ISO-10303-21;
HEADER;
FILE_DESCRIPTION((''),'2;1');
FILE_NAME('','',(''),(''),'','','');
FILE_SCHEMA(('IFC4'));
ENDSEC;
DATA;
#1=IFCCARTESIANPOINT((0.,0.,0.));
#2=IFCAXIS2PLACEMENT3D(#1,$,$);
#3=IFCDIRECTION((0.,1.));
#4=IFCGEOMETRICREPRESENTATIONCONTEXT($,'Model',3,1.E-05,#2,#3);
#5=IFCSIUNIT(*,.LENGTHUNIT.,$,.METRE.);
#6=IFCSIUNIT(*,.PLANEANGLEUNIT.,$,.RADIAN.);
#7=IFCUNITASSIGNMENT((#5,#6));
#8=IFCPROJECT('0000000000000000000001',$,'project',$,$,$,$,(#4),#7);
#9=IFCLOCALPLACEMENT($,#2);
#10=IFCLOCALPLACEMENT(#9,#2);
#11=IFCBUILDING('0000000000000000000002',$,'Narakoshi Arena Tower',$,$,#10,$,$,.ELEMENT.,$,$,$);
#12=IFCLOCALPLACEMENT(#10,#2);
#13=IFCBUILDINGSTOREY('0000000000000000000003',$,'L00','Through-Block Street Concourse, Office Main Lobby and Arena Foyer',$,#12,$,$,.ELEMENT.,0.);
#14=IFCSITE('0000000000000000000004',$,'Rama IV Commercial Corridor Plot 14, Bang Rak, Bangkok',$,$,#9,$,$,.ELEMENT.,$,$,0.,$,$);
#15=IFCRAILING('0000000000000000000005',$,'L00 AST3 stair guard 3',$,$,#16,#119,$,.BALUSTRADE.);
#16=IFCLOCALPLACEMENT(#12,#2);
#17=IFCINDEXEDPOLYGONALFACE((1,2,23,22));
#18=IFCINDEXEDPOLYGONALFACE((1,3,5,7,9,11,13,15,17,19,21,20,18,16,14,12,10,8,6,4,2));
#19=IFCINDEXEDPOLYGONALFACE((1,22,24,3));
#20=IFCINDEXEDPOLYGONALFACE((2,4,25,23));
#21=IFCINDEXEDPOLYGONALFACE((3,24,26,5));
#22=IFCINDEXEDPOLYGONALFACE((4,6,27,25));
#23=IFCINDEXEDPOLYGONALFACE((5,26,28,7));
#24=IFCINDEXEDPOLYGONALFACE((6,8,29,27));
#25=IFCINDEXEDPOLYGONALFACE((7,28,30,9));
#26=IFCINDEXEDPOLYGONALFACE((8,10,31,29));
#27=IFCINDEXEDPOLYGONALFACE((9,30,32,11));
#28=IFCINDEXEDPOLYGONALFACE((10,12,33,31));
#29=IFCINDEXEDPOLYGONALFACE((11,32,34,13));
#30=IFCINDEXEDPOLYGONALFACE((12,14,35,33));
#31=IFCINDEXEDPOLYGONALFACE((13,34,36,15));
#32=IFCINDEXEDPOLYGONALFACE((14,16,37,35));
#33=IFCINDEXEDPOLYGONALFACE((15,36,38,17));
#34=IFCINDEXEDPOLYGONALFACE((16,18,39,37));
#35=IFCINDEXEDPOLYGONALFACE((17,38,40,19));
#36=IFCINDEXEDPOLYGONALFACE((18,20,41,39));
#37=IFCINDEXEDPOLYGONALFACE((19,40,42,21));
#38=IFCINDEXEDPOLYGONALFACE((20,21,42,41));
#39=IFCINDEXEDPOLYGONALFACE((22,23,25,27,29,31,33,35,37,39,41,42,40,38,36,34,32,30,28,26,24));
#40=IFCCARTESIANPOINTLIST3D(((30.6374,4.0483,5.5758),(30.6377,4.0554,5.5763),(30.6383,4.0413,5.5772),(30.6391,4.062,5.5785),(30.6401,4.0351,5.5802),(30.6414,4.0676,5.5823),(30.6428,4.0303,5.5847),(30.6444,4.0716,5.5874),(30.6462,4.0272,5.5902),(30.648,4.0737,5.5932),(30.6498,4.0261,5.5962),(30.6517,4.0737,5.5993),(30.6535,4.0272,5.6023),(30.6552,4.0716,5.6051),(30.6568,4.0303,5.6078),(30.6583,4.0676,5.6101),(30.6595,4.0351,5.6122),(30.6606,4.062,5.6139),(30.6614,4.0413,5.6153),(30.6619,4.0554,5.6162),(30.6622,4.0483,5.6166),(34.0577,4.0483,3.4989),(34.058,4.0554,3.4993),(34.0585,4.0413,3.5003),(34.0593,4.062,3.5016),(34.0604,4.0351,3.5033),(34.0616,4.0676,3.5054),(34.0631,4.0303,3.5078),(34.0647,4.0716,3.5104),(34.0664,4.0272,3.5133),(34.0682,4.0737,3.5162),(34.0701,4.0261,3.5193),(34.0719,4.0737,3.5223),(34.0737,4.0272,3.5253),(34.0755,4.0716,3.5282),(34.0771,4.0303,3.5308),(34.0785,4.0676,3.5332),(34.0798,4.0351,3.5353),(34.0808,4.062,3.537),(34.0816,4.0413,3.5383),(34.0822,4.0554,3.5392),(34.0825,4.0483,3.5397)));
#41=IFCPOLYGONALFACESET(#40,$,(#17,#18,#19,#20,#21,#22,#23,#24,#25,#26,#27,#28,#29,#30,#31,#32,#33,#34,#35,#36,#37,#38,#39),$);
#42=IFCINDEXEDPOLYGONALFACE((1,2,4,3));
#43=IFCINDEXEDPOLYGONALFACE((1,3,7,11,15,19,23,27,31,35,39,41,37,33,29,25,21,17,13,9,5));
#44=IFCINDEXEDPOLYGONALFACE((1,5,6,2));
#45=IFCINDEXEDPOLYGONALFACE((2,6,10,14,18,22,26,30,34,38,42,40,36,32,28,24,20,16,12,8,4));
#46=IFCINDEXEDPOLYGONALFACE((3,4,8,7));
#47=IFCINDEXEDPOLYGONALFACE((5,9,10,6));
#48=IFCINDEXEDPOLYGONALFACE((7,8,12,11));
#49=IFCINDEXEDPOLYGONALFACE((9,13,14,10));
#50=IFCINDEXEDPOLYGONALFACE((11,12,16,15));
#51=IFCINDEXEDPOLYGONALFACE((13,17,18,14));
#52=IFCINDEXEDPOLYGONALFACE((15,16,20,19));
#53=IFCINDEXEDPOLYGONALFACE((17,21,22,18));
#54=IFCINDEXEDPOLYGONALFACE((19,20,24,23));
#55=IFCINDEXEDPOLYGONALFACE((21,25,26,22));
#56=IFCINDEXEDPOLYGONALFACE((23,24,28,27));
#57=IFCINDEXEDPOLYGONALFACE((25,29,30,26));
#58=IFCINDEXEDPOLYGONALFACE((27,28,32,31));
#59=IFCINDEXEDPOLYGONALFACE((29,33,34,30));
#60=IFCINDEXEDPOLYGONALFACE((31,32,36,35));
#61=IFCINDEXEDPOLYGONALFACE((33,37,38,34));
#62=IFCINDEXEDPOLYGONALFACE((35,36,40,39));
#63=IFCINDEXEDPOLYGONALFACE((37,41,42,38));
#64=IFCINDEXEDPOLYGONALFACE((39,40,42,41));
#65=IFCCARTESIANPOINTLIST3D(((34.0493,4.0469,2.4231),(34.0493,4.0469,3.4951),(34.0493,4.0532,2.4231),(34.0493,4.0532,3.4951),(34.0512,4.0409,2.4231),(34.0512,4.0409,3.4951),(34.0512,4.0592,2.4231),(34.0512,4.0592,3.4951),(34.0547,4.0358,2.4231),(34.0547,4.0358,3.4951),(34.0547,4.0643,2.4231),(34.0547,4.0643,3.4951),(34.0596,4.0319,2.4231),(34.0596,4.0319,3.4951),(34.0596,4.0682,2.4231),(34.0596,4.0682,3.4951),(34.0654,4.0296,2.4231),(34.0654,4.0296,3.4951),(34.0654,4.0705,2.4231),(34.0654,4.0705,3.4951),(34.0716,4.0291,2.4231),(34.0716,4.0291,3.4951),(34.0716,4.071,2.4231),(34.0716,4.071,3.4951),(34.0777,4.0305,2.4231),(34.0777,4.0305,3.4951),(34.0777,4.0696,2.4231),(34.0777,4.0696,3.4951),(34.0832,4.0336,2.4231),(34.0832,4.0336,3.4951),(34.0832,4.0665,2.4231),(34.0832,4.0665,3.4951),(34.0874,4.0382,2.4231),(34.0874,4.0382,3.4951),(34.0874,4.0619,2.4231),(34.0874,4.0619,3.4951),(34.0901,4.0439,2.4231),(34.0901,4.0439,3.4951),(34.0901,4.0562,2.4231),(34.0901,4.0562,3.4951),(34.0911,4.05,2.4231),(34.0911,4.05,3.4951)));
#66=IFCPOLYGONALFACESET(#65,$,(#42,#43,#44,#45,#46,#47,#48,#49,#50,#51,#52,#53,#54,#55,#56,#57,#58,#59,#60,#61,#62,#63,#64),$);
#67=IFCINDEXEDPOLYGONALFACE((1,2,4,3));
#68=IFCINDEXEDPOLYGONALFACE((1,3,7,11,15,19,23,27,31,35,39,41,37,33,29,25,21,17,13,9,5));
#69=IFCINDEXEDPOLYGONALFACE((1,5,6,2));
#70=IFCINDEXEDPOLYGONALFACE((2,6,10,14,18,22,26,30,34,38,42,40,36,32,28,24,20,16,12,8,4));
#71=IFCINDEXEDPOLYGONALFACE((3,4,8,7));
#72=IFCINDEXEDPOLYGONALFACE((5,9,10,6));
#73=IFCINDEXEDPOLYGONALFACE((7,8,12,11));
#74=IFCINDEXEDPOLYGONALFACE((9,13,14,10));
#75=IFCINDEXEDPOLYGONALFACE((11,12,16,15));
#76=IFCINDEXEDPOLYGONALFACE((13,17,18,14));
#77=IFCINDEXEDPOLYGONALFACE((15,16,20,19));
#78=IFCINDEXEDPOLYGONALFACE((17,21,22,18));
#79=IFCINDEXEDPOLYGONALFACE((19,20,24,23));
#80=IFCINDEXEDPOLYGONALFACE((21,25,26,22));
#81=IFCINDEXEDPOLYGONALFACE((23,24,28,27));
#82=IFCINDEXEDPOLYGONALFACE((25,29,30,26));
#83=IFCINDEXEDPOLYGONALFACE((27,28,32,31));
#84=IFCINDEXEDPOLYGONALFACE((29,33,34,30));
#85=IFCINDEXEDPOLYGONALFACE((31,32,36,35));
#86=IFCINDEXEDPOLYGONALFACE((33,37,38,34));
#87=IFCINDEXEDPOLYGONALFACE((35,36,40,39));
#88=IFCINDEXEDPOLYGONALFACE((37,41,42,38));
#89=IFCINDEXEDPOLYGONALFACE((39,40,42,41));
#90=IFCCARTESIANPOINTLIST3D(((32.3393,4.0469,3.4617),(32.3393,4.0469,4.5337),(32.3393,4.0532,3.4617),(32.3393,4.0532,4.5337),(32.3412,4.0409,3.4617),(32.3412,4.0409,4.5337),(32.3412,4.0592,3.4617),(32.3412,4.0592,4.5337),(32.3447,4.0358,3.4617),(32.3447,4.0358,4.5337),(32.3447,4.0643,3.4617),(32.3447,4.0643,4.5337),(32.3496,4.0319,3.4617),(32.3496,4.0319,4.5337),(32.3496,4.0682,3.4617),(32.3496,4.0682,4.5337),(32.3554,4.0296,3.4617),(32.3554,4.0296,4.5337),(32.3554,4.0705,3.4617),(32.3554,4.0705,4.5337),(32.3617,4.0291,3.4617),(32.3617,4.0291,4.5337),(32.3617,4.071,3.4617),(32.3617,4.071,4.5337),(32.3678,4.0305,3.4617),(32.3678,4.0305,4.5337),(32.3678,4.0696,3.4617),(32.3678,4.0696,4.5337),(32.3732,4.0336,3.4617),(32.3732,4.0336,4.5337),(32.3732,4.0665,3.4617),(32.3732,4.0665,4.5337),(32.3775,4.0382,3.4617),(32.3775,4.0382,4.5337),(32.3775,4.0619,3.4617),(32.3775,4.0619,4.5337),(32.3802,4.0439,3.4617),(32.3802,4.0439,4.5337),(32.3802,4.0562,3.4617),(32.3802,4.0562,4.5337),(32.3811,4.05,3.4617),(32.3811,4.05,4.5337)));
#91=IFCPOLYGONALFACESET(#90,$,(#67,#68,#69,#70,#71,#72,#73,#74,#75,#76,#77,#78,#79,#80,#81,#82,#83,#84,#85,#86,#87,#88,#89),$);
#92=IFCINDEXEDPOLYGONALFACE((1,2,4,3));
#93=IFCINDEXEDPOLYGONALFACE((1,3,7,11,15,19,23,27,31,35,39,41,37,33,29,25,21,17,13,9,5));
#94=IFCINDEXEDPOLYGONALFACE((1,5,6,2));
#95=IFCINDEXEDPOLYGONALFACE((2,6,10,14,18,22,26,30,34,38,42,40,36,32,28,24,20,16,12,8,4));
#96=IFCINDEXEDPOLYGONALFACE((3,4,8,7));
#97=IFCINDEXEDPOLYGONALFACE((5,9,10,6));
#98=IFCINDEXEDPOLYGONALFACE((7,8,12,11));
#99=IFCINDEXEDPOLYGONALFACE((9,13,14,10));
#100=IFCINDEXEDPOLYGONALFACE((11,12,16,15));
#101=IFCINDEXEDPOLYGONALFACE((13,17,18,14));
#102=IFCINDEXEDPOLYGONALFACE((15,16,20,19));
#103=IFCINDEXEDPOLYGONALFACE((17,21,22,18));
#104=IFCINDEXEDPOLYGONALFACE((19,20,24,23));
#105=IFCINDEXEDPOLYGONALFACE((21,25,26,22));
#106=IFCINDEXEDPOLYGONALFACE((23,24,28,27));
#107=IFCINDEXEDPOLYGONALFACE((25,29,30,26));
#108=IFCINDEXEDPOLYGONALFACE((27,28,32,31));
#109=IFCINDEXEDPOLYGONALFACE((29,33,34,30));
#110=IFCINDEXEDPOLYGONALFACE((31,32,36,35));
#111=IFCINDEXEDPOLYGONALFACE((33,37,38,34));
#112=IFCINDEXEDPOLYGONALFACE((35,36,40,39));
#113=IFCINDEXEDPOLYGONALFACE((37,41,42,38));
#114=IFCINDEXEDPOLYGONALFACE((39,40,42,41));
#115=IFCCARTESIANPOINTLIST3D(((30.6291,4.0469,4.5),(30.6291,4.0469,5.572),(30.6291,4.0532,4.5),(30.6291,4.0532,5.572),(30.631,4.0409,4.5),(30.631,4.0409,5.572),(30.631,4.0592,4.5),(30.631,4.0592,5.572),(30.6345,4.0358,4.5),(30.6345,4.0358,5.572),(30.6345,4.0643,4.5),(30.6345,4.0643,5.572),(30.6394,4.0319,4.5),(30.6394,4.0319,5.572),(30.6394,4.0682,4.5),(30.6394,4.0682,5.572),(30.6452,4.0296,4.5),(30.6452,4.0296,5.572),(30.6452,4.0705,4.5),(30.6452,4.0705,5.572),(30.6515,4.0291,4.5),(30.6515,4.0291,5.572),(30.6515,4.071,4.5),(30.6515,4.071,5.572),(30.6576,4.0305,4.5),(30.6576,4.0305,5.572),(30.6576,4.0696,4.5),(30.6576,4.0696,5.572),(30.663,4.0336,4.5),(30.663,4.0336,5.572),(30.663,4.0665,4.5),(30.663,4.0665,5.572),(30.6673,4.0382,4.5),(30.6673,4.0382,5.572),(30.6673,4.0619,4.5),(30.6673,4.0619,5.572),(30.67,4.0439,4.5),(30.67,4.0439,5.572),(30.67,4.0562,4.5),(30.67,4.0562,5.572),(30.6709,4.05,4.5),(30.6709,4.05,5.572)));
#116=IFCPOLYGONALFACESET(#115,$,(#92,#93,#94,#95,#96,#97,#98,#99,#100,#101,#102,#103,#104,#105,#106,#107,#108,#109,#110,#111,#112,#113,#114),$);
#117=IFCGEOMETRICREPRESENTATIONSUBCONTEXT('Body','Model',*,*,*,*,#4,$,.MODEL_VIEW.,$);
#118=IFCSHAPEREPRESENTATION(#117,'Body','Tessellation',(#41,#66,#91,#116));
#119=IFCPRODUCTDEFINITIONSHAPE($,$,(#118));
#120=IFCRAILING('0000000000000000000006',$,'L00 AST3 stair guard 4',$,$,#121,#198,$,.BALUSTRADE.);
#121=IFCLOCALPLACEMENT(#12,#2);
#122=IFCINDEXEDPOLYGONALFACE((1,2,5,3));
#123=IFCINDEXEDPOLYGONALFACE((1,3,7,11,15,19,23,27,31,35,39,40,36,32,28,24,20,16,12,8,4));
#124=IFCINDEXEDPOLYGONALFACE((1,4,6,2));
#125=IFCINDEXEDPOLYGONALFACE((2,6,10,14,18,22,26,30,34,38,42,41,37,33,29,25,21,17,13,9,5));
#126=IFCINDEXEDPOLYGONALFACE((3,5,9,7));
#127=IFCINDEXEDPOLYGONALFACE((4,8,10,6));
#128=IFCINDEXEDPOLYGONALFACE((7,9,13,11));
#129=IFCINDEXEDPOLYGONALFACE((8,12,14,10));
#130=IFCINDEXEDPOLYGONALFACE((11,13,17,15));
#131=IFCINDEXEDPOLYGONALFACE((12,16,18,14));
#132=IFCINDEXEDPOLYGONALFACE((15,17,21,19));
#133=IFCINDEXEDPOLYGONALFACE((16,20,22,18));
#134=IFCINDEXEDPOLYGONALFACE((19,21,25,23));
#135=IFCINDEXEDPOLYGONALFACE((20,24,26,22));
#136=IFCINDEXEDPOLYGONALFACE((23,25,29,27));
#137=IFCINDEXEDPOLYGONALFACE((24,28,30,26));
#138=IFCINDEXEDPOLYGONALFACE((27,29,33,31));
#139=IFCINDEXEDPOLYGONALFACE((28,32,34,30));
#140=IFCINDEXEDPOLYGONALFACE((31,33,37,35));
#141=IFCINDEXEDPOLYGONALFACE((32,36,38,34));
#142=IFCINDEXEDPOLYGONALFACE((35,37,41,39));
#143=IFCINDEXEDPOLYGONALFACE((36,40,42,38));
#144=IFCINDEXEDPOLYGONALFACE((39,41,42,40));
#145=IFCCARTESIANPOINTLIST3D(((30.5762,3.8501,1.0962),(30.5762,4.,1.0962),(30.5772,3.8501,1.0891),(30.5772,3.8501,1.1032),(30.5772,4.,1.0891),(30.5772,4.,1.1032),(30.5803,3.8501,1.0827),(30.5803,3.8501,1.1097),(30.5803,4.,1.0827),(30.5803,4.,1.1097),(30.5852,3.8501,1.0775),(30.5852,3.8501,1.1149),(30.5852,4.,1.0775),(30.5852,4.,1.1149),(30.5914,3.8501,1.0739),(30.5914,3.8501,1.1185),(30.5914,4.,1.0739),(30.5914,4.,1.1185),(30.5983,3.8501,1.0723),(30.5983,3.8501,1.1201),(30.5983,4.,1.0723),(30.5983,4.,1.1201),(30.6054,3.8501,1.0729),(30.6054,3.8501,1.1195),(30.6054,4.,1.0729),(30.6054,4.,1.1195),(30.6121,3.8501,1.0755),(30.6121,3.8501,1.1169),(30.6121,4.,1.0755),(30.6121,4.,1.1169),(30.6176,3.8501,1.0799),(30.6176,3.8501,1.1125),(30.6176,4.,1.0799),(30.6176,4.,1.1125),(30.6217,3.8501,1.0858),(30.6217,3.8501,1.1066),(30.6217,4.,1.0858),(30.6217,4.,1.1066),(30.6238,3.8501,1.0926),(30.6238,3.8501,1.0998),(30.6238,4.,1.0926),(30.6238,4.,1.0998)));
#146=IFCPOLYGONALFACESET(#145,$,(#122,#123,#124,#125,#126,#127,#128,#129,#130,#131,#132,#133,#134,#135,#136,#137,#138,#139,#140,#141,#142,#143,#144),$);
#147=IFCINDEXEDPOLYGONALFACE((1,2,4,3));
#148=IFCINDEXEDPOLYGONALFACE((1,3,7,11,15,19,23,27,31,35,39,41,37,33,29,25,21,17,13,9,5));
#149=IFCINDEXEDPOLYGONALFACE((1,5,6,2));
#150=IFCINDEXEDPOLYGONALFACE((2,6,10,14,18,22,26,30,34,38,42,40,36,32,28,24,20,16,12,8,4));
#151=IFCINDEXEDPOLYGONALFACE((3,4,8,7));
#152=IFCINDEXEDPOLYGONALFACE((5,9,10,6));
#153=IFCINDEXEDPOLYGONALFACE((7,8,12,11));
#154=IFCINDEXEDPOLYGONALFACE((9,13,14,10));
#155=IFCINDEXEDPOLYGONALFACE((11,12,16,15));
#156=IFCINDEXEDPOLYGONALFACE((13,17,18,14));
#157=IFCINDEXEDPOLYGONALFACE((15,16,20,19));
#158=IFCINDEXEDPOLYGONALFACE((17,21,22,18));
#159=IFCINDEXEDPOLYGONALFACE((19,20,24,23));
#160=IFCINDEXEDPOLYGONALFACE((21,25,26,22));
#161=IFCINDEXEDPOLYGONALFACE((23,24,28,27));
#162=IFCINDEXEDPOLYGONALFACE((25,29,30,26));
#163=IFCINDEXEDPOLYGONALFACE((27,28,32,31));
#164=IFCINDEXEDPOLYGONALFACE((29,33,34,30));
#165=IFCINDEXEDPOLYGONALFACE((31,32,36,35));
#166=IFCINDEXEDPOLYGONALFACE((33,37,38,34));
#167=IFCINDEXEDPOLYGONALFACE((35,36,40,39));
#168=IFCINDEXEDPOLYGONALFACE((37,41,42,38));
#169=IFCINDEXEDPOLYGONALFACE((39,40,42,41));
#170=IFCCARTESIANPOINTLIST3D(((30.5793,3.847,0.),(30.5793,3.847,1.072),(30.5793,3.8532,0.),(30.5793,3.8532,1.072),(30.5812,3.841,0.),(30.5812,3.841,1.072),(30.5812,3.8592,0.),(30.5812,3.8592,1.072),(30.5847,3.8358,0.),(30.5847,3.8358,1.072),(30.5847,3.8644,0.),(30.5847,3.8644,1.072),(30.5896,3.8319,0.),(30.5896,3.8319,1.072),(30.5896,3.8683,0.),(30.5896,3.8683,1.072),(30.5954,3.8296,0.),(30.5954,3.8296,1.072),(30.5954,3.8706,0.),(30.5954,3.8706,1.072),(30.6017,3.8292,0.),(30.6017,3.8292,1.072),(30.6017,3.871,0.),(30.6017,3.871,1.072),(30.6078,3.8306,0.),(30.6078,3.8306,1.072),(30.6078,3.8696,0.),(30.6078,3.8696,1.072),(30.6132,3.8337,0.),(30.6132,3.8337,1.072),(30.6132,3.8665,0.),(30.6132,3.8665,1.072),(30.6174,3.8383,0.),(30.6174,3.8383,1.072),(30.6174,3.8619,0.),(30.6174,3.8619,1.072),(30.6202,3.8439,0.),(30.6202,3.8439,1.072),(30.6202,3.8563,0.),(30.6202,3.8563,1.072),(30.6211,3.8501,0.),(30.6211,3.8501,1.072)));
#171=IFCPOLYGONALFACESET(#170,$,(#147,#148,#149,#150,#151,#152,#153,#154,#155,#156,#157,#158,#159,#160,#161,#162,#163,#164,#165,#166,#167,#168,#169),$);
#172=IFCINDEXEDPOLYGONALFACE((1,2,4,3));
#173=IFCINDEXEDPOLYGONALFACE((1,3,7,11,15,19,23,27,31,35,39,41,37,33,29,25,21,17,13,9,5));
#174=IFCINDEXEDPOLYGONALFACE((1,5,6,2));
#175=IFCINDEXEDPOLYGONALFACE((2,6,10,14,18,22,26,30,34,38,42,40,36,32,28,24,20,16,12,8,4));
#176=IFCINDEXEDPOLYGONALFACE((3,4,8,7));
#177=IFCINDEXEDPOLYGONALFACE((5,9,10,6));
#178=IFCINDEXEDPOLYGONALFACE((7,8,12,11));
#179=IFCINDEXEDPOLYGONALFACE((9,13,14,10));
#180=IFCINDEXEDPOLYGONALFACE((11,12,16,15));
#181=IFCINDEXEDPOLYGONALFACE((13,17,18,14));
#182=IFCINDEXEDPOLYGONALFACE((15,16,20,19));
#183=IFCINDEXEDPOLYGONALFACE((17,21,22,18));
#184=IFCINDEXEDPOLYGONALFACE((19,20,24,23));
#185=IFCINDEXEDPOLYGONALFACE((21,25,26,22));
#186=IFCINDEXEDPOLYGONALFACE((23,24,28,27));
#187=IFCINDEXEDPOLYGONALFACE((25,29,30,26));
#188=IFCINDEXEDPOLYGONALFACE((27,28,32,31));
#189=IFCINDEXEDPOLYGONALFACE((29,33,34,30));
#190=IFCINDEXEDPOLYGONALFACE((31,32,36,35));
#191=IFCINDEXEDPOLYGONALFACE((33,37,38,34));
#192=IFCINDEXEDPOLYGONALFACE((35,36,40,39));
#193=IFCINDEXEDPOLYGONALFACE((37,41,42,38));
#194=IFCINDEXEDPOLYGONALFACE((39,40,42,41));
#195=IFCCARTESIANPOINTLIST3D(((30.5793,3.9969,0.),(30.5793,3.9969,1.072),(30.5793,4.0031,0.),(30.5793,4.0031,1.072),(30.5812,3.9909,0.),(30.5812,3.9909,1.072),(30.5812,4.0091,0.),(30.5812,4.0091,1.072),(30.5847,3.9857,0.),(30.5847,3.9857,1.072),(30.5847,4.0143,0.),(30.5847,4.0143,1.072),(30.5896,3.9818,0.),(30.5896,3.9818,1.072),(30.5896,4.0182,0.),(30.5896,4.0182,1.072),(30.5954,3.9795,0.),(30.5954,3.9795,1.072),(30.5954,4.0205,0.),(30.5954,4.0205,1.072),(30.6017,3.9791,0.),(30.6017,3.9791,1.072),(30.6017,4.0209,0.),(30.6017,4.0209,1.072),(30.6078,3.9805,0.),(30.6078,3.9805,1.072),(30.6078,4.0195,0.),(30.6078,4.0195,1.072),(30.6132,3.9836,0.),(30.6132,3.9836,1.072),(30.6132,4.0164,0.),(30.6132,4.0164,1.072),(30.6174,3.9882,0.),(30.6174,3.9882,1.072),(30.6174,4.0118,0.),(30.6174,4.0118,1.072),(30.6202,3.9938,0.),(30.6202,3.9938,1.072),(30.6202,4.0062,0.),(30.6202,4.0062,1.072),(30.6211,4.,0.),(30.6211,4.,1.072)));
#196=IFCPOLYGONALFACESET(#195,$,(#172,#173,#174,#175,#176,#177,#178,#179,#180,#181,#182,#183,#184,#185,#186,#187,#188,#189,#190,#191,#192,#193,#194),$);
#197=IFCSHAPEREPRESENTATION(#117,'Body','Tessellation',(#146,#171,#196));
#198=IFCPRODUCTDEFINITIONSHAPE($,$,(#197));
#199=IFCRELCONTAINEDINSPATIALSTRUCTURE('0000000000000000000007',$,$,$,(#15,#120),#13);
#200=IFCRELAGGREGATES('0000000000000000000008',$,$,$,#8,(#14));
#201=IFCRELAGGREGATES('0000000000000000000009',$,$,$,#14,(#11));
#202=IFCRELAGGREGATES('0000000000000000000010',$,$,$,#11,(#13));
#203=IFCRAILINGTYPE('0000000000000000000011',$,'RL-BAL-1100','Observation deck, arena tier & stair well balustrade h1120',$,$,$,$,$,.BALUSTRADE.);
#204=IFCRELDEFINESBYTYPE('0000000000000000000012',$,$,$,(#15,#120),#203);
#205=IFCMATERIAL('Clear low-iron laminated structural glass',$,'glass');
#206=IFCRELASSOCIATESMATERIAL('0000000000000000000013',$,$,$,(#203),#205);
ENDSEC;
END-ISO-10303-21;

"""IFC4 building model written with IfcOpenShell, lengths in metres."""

from ifc_helpers import new_model, si_unit, direction, frame, origin, origin_2d, place, context, subcontext, project, spatial, circle, extrude, material, type_object, element, save


model = new_model("IFC4")

# Units and contexts
model_context = context("Model", 3, precision=1e-05, world=origin(), true_north=direction((0.0, 1.0)))
body_context = subcontext(model_context, "Body", "Model", "MODEL_VIEW")
ifc_project = project(units=[si_unit("LENGTHUNIT", "METRE"), si_unit("PLANEANGLEUNIT", "RADIAN")], contexts=[model_context])

# Site, building, storey
site_placement = place(None, origin())
site = spatial("IfcSite", under=ifc_project, at=site_placement, Name="Rama IV Commercial Corridor Plot 14, Bang Rak, Bangkok", CompositionType="ELEMENT", RefElevation=0.0)
building_placement = place(site_placement, origin())
building = spatial("IfcBuilding", under=site, at=building_placement, Name="Narakoshi Arena Tower", CompositionType="ELEMENT")
storey_placement = place(building_placement, origin())
storey = spatial("IfcBuildingStorey", under=building, at=storey_placement, Name="L00", Description="Through-Block Street Concourse, Office Main Lobby and Arena Foyer", CompositionType="ELEMENT", Elevation=0.0)

# Railings
ifc_material_1 = material(Name="Clear low-iron laminated structural glass", Category="glass")
railing_type_1 = type_object("IfcRailingType", Name="RL-BAL-1100", Description="Observation deck, arena tier & stair well balustrade h1120", PredefinedType="BALUSTRADE", material=ifc_material_1)
railing_1_placement = place(storey_placement, frame((34.0701, 4.05, 2.4231)))
element("IfcRailing", 1, at=railing_1_placement, inside=storey, type_object=railing_type_1, Name="L00 AST3 stair guard 3", PredefinedType="BALUSTRADE", context=body_context, shape_type="SweptSolid", body=[
    extrude(circle(Radius=0.0239, at=origin_2d()), frame((0.0, 0.0, 1.0962), z_axis=(-0.854746, 0.0, 0.519047), x_axis=(0.0, -1.0, 0.0)), (0.0, 0.0, 1.0), 4.0015),
    extrude(circle(Radius=0.021, at=origin_2d()), origin(), (0.0, 0.0, 1.0), 1.072),
    extrude(circle(Radius=0.021, at=origin_2d()), frame((-1.71, 0.0, 1.0386)), (0.0, 0.0, 1.0), 1.072),
    extrude(circle(Radius=0.021, at=origin_2d()), frame((-3.4202, 0.0, 2.0769)), (0.0, 0.0, 1.0), 1.072),
])
railing_2_placement = place(storey_placement, frame((30.6001, 3.8501, 0.0)))
element("IfcRailing", 2, at=railing_2_placement, inside=storey, type_object=railing_type_1, Name="L00 AST3 stair guard 4", PredefinedType="BALUSTRADE", context=body_context, shape_type="SweptSolid", body=[
    extrude(circle(Radius=0.0239, at=origin_2d()), frame((0.0, 0.0, 1.0962), z_axis=(0.0, 1.0, 0.0), x_axis=(-1.0, 0.0, 0.0)), (0.0, 0.0, 1.0), 0.1499),
    extrude(circle(Radius=0.021, at=origin_2d()), origin(), (0.0, 0.0, 1.0), 1.072),
    extrude(circle(Radius=0.021, at=origin_2d()), frame((0.0, 0.1499, 0.0)), (0.0, 0.0, 1.0), 1.072),
])

save(model, "model.ifc")
